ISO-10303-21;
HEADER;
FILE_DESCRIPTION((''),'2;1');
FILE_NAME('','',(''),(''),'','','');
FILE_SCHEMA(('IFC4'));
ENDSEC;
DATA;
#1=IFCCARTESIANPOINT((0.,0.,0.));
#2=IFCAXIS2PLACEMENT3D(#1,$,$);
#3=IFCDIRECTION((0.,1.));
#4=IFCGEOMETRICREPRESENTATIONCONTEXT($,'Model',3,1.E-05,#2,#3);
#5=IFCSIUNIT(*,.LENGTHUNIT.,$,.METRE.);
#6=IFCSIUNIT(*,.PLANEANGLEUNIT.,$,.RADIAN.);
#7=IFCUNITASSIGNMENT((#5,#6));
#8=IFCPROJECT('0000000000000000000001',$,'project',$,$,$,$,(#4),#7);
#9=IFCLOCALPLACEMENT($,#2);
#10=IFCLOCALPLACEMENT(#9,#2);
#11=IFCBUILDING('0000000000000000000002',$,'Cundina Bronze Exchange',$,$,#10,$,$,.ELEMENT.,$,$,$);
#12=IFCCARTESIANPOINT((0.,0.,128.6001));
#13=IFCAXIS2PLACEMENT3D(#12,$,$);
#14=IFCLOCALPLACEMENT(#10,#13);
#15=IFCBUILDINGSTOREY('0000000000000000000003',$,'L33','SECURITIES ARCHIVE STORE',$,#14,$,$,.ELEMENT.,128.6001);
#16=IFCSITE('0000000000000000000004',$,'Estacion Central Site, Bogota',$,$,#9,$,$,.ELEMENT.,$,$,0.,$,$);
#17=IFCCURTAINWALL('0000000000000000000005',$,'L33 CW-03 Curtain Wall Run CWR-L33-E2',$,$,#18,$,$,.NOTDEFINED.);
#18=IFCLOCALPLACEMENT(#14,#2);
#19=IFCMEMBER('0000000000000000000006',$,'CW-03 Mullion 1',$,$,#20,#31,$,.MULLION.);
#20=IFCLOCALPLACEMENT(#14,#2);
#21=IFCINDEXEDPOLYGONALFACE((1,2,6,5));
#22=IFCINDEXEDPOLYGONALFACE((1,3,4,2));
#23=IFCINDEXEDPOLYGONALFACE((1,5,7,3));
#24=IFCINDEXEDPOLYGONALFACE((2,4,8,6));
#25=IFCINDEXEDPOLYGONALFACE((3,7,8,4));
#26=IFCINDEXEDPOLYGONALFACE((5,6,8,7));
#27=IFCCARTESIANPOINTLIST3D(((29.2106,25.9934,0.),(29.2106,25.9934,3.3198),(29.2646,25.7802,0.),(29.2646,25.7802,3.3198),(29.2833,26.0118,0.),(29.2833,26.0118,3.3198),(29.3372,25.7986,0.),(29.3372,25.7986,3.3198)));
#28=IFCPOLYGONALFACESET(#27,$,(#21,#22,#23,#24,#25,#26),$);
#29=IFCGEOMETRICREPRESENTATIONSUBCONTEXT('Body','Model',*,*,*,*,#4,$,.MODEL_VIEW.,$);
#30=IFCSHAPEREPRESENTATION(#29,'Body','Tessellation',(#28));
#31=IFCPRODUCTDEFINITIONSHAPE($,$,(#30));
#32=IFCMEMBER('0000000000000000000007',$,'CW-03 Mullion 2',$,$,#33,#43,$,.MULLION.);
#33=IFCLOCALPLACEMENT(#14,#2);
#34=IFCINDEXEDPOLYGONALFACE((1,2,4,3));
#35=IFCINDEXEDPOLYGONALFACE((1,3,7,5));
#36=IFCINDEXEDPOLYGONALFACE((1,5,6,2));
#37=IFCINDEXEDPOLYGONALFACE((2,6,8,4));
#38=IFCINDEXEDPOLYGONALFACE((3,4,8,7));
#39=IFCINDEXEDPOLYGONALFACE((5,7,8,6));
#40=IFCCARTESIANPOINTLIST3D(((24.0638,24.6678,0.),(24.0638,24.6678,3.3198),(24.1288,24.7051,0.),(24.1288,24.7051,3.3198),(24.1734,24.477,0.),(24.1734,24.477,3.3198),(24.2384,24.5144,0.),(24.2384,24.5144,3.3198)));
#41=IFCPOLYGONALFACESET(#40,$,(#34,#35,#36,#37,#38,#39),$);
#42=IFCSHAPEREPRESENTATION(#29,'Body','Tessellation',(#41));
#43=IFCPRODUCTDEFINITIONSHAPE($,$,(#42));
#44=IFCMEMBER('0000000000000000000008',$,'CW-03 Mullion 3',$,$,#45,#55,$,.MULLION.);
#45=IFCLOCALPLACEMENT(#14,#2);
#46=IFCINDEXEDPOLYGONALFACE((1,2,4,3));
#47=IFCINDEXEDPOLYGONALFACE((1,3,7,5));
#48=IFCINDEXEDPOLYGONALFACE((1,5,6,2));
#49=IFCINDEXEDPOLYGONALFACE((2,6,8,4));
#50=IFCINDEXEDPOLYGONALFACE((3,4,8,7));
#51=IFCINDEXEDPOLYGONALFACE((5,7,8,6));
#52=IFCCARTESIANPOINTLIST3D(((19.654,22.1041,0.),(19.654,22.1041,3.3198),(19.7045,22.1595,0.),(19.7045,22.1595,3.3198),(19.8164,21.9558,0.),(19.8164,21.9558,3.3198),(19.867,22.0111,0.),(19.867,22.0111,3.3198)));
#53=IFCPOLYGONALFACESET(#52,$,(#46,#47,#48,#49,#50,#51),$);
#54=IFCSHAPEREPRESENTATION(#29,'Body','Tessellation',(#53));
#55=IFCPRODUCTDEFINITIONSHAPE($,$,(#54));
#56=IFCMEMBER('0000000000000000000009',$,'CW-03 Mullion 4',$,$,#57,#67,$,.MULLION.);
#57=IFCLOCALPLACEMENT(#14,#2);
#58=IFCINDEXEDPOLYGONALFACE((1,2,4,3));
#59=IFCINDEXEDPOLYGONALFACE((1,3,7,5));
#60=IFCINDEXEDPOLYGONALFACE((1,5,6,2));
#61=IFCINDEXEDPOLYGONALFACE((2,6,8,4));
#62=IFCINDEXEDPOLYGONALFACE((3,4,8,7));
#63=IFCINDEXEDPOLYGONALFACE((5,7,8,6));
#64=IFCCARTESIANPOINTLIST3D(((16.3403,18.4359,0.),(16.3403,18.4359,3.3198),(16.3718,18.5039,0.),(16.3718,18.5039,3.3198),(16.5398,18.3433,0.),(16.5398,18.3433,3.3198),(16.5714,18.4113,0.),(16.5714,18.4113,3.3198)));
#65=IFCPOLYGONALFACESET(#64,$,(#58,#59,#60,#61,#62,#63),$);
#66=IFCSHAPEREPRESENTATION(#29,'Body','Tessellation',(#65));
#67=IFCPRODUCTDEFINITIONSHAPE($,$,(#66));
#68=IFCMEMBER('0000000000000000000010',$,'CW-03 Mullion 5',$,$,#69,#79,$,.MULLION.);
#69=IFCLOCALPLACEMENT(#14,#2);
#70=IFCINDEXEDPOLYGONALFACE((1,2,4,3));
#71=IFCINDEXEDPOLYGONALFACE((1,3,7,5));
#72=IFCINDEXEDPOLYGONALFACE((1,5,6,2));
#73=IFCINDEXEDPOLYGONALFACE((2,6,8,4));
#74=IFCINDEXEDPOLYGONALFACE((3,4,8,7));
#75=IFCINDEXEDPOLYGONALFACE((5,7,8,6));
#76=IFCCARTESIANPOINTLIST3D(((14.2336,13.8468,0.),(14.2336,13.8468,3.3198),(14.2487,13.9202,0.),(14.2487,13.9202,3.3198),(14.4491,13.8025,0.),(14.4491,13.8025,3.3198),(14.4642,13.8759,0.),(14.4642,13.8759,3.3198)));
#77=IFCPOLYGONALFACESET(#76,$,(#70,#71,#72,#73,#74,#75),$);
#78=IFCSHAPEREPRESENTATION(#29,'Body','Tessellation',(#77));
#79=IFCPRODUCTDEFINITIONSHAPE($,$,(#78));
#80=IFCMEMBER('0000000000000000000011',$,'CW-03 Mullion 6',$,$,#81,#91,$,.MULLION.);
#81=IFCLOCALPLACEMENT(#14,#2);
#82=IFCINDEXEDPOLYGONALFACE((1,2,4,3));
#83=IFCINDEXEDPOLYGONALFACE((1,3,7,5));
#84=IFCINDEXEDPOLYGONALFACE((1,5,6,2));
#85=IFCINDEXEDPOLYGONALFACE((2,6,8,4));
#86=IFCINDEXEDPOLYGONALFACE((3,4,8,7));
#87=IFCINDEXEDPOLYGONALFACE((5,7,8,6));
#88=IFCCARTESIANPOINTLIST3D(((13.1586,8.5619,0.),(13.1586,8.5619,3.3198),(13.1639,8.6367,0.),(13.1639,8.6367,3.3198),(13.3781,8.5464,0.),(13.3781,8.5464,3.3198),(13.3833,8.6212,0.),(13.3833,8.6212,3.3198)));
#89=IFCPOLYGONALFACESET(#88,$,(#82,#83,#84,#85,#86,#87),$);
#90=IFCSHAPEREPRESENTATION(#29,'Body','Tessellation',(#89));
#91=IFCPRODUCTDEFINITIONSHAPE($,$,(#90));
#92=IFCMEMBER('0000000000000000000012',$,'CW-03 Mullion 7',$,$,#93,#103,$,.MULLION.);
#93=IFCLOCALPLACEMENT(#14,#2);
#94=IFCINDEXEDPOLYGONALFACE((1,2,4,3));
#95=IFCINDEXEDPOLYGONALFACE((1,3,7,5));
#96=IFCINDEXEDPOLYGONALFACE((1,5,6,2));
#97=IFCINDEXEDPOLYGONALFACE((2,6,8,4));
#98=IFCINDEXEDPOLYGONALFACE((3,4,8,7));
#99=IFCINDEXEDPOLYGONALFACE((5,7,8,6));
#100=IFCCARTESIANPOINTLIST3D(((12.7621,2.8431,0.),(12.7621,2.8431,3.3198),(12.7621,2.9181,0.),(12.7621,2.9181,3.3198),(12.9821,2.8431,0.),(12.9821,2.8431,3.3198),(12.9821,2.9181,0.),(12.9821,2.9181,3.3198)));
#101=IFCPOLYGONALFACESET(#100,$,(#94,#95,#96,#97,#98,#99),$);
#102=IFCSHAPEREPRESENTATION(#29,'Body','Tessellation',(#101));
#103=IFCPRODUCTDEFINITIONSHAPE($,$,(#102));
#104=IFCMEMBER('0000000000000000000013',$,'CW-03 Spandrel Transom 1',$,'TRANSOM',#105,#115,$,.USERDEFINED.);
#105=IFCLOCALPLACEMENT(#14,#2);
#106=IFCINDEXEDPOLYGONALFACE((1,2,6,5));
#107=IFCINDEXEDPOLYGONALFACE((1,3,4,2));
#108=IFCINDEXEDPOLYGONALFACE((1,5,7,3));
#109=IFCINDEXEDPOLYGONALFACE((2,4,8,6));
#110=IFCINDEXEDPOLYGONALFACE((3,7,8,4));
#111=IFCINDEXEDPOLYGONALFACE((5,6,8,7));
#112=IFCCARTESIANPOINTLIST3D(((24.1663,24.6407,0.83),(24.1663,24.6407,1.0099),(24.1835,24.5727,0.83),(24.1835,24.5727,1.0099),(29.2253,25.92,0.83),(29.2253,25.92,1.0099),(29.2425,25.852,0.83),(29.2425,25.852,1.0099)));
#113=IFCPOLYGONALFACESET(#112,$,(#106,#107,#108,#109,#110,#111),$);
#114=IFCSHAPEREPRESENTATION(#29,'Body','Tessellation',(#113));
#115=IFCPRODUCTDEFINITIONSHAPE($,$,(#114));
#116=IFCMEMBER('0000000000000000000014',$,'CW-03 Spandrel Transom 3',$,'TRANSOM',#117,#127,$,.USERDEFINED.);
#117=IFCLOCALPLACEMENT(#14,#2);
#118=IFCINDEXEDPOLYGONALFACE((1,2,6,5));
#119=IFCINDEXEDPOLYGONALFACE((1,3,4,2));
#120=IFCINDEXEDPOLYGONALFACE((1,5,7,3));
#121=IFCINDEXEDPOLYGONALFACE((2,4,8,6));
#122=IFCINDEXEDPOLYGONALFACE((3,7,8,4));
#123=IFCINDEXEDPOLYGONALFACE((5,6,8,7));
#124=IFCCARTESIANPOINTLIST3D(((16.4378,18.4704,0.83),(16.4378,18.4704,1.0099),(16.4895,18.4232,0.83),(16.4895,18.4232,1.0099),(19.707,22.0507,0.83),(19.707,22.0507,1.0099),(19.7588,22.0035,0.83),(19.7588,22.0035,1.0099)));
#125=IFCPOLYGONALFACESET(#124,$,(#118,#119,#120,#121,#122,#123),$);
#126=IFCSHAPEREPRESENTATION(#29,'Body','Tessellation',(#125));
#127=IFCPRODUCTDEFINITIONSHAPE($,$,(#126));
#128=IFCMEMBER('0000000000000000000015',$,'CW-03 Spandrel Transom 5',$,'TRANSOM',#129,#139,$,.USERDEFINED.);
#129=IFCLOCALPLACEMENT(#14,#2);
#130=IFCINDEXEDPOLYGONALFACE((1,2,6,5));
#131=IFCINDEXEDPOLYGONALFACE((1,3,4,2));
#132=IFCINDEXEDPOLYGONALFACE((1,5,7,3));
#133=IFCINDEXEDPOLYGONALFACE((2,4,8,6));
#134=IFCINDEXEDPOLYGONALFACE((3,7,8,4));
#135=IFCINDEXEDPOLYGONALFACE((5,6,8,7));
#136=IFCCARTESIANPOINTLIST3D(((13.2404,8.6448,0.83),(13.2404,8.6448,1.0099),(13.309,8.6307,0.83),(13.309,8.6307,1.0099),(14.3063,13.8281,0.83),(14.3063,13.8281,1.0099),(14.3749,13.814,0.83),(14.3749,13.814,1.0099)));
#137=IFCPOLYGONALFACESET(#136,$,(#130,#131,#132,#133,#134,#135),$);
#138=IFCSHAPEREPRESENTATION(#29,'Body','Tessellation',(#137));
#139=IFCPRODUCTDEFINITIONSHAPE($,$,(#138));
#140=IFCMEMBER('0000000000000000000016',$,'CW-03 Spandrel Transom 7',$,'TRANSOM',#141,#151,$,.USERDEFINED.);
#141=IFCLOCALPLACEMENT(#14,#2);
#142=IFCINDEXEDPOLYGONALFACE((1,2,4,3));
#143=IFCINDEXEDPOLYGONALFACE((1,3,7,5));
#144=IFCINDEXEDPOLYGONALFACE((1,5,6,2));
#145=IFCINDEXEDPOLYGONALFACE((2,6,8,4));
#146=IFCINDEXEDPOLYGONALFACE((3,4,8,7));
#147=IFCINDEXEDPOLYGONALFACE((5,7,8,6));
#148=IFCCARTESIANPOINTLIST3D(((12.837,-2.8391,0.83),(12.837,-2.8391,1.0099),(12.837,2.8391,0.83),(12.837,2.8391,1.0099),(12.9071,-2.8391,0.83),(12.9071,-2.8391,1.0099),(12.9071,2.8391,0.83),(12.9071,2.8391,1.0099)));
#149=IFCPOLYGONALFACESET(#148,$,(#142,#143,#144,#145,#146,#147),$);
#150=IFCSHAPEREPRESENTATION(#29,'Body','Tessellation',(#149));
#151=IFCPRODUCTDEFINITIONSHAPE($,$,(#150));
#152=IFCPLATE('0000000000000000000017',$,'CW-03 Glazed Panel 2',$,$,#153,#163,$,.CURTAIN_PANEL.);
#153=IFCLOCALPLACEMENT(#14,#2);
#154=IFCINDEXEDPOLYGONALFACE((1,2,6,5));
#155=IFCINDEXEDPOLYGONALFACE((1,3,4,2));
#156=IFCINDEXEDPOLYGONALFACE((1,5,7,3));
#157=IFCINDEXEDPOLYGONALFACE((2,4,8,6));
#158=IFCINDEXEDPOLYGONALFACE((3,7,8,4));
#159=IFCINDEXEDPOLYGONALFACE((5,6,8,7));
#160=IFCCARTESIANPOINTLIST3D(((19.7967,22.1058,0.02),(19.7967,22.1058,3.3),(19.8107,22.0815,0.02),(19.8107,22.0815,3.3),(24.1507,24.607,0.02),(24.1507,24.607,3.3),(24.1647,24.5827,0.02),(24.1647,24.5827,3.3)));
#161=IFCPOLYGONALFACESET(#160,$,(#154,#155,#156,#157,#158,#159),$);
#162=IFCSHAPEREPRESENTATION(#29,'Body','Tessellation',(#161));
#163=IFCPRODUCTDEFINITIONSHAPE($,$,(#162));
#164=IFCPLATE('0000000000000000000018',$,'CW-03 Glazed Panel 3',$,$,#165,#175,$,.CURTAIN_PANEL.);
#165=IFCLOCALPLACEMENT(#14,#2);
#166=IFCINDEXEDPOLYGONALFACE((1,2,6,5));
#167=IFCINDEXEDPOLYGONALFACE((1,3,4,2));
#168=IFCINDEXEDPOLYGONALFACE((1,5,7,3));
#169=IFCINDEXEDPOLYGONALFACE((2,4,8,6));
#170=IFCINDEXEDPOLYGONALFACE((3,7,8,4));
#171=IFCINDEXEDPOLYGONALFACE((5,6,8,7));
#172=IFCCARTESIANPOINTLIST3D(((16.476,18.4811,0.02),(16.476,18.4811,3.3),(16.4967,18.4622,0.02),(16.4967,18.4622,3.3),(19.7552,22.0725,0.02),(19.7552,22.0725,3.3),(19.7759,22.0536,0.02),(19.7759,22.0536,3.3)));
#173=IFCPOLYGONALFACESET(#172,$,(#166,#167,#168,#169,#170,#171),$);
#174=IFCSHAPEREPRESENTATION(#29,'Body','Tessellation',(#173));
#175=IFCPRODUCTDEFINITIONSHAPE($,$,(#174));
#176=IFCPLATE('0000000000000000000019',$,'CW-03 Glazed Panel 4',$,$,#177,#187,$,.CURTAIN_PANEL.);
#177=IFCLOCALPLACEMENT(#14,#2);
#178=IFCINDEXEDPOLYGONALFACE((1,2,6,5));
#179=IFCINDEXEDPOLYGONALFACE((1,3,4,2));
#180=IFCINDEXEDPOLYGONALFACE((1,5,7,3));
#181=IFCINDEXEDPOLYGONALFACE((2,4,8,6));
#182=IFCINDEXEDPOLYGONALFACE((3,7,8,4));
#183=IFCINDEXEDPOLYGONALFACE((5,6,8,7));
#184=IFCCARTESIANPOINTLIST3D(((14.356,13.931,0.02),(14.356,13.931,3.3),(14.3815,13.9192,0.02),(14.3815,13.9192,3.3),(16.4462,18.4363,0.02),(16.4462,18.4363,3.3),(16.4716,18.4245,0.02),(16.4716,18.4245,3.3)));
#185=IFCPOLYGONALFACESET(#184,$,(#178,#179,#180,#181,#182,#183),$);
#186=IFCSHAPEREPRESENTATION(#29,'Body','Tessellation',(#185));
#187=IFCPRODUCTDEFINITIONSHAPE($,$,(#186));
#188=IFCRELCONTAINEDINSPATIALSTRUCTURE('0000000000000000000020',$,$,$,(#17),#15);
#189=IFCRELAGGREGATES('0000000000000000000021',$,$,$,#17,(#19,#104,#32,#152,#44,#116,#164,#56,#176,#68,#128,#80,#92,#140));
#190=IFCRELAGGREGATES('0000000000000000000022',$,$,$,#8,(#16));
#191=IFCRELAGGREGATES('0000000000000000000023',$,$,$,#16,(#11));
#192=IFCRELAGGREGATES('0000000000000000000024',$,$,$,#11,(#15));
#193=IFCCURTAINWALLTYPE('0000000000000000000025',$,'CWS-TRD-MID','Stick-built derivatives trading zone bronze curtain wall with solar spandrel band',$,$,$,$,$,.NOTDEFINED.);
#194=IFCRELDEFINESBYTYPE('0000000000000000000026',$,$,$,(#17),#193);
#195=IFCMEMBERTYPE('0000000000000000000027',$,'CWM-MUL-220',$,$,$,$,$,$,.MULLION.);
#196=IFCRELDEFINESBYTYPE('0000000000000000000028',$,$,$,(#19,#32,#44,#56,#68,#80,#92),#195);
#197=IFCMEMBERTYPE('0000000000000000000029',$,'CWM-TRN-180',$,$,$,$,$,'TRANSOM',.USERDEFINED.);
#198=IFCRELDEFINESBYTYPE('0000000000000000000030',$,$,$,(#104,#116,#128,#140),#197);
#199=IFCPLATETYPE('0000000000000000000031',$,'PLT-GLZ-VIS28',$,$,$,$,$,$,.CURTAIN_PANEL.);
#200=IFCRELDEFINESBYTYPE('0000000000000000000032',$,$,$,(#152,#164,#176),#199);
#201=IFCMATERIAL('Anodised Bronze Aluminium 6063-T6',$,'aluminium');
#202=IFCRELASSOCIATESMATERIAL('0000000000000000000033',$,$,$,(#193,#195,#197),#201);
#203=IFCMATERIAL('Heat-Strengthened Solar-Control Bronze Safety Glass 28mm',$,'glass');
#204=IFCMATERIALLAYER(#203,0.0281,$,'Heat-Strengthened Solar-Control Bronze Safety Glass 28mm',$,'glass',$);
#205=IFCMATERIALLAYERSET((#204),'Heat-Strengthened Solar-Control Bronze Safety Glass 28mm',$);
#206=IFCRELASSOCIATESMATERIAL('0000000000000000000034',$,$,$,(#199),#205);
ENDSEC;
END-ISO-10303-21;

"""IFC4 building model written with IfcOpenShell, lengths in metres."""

from ifc_helpers import new_model, si_unit, direction, frame, origin, origin_2d, place, context, subcontext, project, spatial, rectangle, extrude, material, layer, layer_set, material_profile, profile_set, type_object, element, aggregate, save


model = new_model("IFC4")

# Units and contexts
model_context = context("Model", 3, precision=1e-05, world=origin(), true_north=direction((0.0, 1.0)))
body_context = subcontext(model_context, "Body", "Model", "MODEL_VIEW")
ifc_project = project(units=[si_unit("LENGTHUNIT", "METRE"), si_unit("PLANEANGLEUNIT", "RADIAN")], contexts=[model_context])

# Site, building, storey
site_placement = place(None, origin())
site = spatial("IfcSite", under=ifc_project, at=site_placement, Name="Estacion Central Site, Bogota", CompositionType="ELEMENT", RefElevation=0.0)
building_placement = place(site_placement, origin())
building = spatial("IfcBuilding", under=site, at=building_placement, Name="Cundina Bronze Exchange", CompositionType="ELEMENT")
storey_placement = place(building_placement, frame((0.0, 0.0, 128.6001)))
storey = spatial("IfcBuildingStorey", under=building, at=storey_placement, Name="L33", Description="SECURITIES ARCHIVE STORE", CompositionType="ELEMENT", Elevation=128.6001)

# Shared definitions
ifc_material_1 = material(Name="Anodised Bronze Aluminium 6063-T6", Category="aluminium")
curtain_wall_type = type_object("IfcCurtainWallType", Name="CWS-TRD-MID", Description="Stick-built derivatives trading zone bronze curtain wall with solar spandrel band", PredefinedType="NOTDEFINED", material=ifc_material_1)
ifc_material_profile_1 = material_profile(ifc_material_1, rectangle(XDim=0.075, YDim=0.22, at=origin_2d()), Name="AL75X220", Category="aluminium")
ifc_profile_set_1 = profile_set([ifc_material_profile_1], Name="Anodised Bronze Aluminium 6063-T6")
member_type_1 = type_object("IfcMemberType", Name="CWM-MUL-220", PredefinedType="MULLION", material=ifc_profile_set_1)

# Curtain wall, members, plates
curtain_wall_1_placement = place(storey_placement, origin())
curtain_wall_1 = element("IfcCurtainWall", 1, at=curtain_wall_1_placement, inside=storey, type_object=curtain_wall_type, Name="L33 CW-03 Curtain Wall Run CWR-L33-E2", PredefinedType="NOTDEFINED")
member_1_placement = place(storey_placement, frame((29.2739, 25.896, 0.0), z_axis=(0.0, 0.0, 1.0), x_axis=(-0.969488, -0.245138, 0.0)))
member_1 = element("IfcMember", 2, at=member_1_placement, type_object=member_type_1, Name="CW-03 Mullion 1", PredefinedType="MULLION", context=body_context, shape_type="SweptSolid", body=[
    extrude(rectangle(XDim=0.075, YDim=0.22, at=origin_2d()), origin(), (0.0, 0.0, 1.0), 3.3198),
])
member_2_placement = place(storey_placement, frame((24.1511, 24.5911, 0.0), z_axis=(0.0, 0.0, 1.0), x_axis=(-0.867071, -0.498185, 0.0)))
member_2 = element("IfcMember", 3, at=member_2_placement, type_object=member_type_1, Name="CW-03 Mullion 2", PredefinedType="MULLION", context=body_context, shape_type="SweptSolid", body=[
    extrude(rectangle(XDim=0.075, YDim=0.22, at=origin_2d()), origin(), (0.0, 0.0, 1.0), 3.3198),
])
member_3_placement = place(storey_placement, frame((19.7605, 22.0576, 0.0), z_axis=(0.0, 0.0, 1.0), x_axis=(-0.674302, -0.738455, 0.0)))
member_3 = element("IfcMember", 4, at=member_3_placement, type_object=member_type_1, Name="CW-03 Mullion 3", PredefinedType="MULLION", context=body_context, shape_type="SweptSolid", body=[
    extrude(rectangle(XDim=0.075, YDim=0.22, at=origin_2d()), origin(), (0.0, 0.0, 1.0), 3.3198),
])
member_4_placement = place(storey_placement, frame((16.4558, 18.4236, 0.0), z_axis=(0.0, 0.0, 1.0), x_axis=(-0.420877, -0.907117, 0.0)))
member_4 = element("IfcMember", 5, at=member_4_placement, type_object=member_type_1, Name="CW-03 Mullion 4", PredefinedType="MULLION", context=body_context, shape_type="SweptSolid", body=[
    extrude(rectangle(XDim=0.075, YDim=0.22, at=origin_2d()), origin(), (0.0, 0.0, 1.0), 3.3198),
])
member_5_placement = place(storey_placement, frame((14.3489, 13.8613, 0.0), z_axis=(0.0, 0.0, 1.0), x_axis=(-0.20142, -0.979505, 0.0)))
member_5 = element("IfcMember", 6, at=member_5_placement, type_object=member_type_1, Name="CW-03 Mullion 5", PredefinedType="MULLION", context=body_context, shape_type="SweptSolid", body=[
    extrude(rectangle(XDim=0.075, YDim=0.22, at=origin_2d()), origin(), (0.0, 0.0, 1.0), 3.3198),
])
member_6_placement = place(storey_placement, frame((13.271, 8.5916, 0.0), z_axis=(0.0, 0.0, 1.0), x_axis=(-0.070279, -0.997527, 0.0)))
member_6 = element("IfcMember", 7, at=member_6_placement, type_object=member_type_1, Name="CW-03 Mullion 6", PredefinedType="MULLION", context=body_context, shape_type="SweptSolid", body=[
    extrude(rectangle(XDim=0.075, YDim=0.22, at=origin_2d()), origin(), (0.0, 0.0, 1.0), 3.3198),
])
member_7_placement = place(storey_placement, frame((12.8721, 2.8806, 0.0), z_axis=(0.0, 0.0, 1.0), x_axis=(0.0, -1.0, 0.0)))
member_7 = element("IfcMember", 8, at=member_7_placement, type_object=member_type_1, Name="CW-03 Mullion 7", PredefinedType="MULLION", context=body_context, shape_type="SweptSolid", body=[
    extrude(rectangle(XDim=0.075, YDim=0.22, at=origin_2d()), origin(), (0.0, 0.0, 1.0), 3.3198),
])
ifc_material_profile_2 = material_profile(ifc_material_1, rectangle(XDim=0.0701, YDim=0.1799, at=origin_2d()), Name="AL70X180", Category="aluminium")
ifc_profile_set_2 = profile_set([ifc_material_profile_2], Name="Anodised Bronze Aluminium 6063-T6")
member_type_2 = type_object("IfcMemberType", Name="CWM-TRN-180", ElementType="TRANSOM", PredefinedType="USERDEFINED", material=ifc_profile_set_2)
member_8_placement = place(storey_placement, frame((29.2339, 25.886, 0.9199), z_axis=(-0.969484, -0.245155, 0.0), x_axis=(0.245155, -0.969484, 0.0)))
member_8 = element("IfcMember", 9, at=member_8_placement, type_object=member_type_2, Name="CW-03 Spandrel Transom 1", ObjectType="TRANSOM", PredefinedType="USERDEFINED", context=body_context, shape_type="SweptSolid", body=[
    extrude(rectangle(XDim=0.0701, YDim=0.1799, at=origin_2d()), origin(), (0.0, 0.0, 1.0), 5.2183),
])
member_9_placement = place(storey_placement, frame((19.7329, 22.0271, 0.9199), z_axis=(-0.674303, -0.738455, 0.0), x_axis=(0.738455, -0.674303, 0.0)))
member_9 = element("IfcMember", 10, at=member_9_placement, type_object=member_type_2, Name="CW-03 Spandrel Transom 3", ObjectType="TRANSOM", PredefinedType="USERDEFINED", context=body_context, shape_type="SweptSolid", body=[
    extrude(rectangle(XDim=0.0701, YDim=0.1799, at=origin_2d()), origin(), (0.0, 0.0, 1.0), 4.8484),
])
member_10_placement = place(storey_placement, frame((14.3406, 13.821, 0.9199), z_axis=(-0.201428, -0.979503, 0.0), x_axis=(0.979503, -0.201428, 0.0)))
member_10 = element("IfcMember", 11, at=member_10_placement, type_object=member_type_2, Name="CW-03 Spandrel Transom 5", ObjectType="TRANSOM", PredefinedType="USERDEFINED", context=body_context, shape_type="SweptSolid", body=[
    extrude(rectangle(XDim=0.0701, YDim=0.1799, at=origin_2d()), origin(), (0.0, 0.0, 1.0), 5.2917),
])
member_11_placement = place(storey_placement, frame((12.8721, 2.8391, 0.9199), z_axis=(0.0, -1.0, 0.0), x_axis=(1.0, 0.0, 0.0)))
member_11 = element("IfcMember", 12, at=member_11_placement, type_object=member_type_2, Name="CW-03 Spandrel Transom 7", ObjectType="TRANSOM", PredefinedType="USERDEFINED", context=body_context, shape_type="SweptSolid", body=[
    extrude(rectangle(XDim=0.0701, YDim=0.1799, at=origin_2d()), origin(), (0.0, 0.0, 1.0), 5.6782),
])
ifc_material_2 = material(Name="Heat-Strengthened Solar-Control Bronze Safety Glass 28mm", Category="glass")
ifc_layer_1 = layer(ifc_material_2, 0.0281, Name="Heat-Strengthened Solar-Control Bronze Safety Glass 28mm", Category="glass")
ifc_layer_set_1 = layer_set([ifc_layer_1], Name="Heat-Strengthened Solar-Control Bronze Safety Glass 28mm")
plate_type_1 = type_object("IfcPlateType", Name="PLT-GLZ-VIS28", PredefinedType="CURTAIN_PANEL", material=ifc_layer_set_1)
plate_1_placement = place(storey_placement, frame((21.9807, 23.3442, 0.02), z_axis=(0.0, 0.0, 1.0), x_axis=(-0.867105, -0.498125, 0.0)))
plate_1 = element("IfcPlate", 13, at=plate_1_placement, type_object=plate_type_1, Name="CW-03 Glazed Panel 2", PredefinedType="CURTAIN_PANEL", context=body_context, shape_type="SweptSolid", body=[
    extrude(rectangle(XDim=5.0212, YDim=0.0281, at=origin_2d()), origin(), (0.0, 0.0, 1.0), 3.28),
])
plate_2_placement = place(storey_placement, frame((18.126, 20.2673, 0.02), z_axis=(0.0, 0.0, 1.0), x_axis=(-0.674277, -0.738479, 0.0)))
plate_2 = element("IfcPlate", 14, at=plate_2_placement, type_object=plate_type_1, Name="CW-03 Glazed Panel 3", PredefinedType="CURTAIN_PANEL", context=body_context, shape_type="SweptSolid", body=[
    extrude(rectangle(XDim=4.8633, YDim=0.0281, at=origin_2d()), origin(), (0.0, 0.0, 1.0), 3.28),
])
plate_3_placement = place(storey_placement, frame((15.4138, 16.1777, 0.02), z_axis=(0.0, 0.0, 1.0), x_axis=(-0.420846, -0.907132, 0.0)))
plate_3 = element("IfcPlate", 15, at=plate_3_placement, type_object=plate_type_1, Name="CW-03 Glazed Panel 4", PredefinedType="CURTAIN_PANEL", context=body_context, shape_type="SweptSolid", body=[
    extrude(rectangle(XDim=4.9666, YDim=0.0281, at=origin_2d()), origin(), (0.0, 0.0, 1.0), 3.28),
])
aggregate(curtain_wall_1, [member_1, member_8, member_2, plate_1, member_3, member_9, plate_2, member_4, plate_3, member_5, member_10, member_6, member_7, member_11])

save(model, "model.ifc")
